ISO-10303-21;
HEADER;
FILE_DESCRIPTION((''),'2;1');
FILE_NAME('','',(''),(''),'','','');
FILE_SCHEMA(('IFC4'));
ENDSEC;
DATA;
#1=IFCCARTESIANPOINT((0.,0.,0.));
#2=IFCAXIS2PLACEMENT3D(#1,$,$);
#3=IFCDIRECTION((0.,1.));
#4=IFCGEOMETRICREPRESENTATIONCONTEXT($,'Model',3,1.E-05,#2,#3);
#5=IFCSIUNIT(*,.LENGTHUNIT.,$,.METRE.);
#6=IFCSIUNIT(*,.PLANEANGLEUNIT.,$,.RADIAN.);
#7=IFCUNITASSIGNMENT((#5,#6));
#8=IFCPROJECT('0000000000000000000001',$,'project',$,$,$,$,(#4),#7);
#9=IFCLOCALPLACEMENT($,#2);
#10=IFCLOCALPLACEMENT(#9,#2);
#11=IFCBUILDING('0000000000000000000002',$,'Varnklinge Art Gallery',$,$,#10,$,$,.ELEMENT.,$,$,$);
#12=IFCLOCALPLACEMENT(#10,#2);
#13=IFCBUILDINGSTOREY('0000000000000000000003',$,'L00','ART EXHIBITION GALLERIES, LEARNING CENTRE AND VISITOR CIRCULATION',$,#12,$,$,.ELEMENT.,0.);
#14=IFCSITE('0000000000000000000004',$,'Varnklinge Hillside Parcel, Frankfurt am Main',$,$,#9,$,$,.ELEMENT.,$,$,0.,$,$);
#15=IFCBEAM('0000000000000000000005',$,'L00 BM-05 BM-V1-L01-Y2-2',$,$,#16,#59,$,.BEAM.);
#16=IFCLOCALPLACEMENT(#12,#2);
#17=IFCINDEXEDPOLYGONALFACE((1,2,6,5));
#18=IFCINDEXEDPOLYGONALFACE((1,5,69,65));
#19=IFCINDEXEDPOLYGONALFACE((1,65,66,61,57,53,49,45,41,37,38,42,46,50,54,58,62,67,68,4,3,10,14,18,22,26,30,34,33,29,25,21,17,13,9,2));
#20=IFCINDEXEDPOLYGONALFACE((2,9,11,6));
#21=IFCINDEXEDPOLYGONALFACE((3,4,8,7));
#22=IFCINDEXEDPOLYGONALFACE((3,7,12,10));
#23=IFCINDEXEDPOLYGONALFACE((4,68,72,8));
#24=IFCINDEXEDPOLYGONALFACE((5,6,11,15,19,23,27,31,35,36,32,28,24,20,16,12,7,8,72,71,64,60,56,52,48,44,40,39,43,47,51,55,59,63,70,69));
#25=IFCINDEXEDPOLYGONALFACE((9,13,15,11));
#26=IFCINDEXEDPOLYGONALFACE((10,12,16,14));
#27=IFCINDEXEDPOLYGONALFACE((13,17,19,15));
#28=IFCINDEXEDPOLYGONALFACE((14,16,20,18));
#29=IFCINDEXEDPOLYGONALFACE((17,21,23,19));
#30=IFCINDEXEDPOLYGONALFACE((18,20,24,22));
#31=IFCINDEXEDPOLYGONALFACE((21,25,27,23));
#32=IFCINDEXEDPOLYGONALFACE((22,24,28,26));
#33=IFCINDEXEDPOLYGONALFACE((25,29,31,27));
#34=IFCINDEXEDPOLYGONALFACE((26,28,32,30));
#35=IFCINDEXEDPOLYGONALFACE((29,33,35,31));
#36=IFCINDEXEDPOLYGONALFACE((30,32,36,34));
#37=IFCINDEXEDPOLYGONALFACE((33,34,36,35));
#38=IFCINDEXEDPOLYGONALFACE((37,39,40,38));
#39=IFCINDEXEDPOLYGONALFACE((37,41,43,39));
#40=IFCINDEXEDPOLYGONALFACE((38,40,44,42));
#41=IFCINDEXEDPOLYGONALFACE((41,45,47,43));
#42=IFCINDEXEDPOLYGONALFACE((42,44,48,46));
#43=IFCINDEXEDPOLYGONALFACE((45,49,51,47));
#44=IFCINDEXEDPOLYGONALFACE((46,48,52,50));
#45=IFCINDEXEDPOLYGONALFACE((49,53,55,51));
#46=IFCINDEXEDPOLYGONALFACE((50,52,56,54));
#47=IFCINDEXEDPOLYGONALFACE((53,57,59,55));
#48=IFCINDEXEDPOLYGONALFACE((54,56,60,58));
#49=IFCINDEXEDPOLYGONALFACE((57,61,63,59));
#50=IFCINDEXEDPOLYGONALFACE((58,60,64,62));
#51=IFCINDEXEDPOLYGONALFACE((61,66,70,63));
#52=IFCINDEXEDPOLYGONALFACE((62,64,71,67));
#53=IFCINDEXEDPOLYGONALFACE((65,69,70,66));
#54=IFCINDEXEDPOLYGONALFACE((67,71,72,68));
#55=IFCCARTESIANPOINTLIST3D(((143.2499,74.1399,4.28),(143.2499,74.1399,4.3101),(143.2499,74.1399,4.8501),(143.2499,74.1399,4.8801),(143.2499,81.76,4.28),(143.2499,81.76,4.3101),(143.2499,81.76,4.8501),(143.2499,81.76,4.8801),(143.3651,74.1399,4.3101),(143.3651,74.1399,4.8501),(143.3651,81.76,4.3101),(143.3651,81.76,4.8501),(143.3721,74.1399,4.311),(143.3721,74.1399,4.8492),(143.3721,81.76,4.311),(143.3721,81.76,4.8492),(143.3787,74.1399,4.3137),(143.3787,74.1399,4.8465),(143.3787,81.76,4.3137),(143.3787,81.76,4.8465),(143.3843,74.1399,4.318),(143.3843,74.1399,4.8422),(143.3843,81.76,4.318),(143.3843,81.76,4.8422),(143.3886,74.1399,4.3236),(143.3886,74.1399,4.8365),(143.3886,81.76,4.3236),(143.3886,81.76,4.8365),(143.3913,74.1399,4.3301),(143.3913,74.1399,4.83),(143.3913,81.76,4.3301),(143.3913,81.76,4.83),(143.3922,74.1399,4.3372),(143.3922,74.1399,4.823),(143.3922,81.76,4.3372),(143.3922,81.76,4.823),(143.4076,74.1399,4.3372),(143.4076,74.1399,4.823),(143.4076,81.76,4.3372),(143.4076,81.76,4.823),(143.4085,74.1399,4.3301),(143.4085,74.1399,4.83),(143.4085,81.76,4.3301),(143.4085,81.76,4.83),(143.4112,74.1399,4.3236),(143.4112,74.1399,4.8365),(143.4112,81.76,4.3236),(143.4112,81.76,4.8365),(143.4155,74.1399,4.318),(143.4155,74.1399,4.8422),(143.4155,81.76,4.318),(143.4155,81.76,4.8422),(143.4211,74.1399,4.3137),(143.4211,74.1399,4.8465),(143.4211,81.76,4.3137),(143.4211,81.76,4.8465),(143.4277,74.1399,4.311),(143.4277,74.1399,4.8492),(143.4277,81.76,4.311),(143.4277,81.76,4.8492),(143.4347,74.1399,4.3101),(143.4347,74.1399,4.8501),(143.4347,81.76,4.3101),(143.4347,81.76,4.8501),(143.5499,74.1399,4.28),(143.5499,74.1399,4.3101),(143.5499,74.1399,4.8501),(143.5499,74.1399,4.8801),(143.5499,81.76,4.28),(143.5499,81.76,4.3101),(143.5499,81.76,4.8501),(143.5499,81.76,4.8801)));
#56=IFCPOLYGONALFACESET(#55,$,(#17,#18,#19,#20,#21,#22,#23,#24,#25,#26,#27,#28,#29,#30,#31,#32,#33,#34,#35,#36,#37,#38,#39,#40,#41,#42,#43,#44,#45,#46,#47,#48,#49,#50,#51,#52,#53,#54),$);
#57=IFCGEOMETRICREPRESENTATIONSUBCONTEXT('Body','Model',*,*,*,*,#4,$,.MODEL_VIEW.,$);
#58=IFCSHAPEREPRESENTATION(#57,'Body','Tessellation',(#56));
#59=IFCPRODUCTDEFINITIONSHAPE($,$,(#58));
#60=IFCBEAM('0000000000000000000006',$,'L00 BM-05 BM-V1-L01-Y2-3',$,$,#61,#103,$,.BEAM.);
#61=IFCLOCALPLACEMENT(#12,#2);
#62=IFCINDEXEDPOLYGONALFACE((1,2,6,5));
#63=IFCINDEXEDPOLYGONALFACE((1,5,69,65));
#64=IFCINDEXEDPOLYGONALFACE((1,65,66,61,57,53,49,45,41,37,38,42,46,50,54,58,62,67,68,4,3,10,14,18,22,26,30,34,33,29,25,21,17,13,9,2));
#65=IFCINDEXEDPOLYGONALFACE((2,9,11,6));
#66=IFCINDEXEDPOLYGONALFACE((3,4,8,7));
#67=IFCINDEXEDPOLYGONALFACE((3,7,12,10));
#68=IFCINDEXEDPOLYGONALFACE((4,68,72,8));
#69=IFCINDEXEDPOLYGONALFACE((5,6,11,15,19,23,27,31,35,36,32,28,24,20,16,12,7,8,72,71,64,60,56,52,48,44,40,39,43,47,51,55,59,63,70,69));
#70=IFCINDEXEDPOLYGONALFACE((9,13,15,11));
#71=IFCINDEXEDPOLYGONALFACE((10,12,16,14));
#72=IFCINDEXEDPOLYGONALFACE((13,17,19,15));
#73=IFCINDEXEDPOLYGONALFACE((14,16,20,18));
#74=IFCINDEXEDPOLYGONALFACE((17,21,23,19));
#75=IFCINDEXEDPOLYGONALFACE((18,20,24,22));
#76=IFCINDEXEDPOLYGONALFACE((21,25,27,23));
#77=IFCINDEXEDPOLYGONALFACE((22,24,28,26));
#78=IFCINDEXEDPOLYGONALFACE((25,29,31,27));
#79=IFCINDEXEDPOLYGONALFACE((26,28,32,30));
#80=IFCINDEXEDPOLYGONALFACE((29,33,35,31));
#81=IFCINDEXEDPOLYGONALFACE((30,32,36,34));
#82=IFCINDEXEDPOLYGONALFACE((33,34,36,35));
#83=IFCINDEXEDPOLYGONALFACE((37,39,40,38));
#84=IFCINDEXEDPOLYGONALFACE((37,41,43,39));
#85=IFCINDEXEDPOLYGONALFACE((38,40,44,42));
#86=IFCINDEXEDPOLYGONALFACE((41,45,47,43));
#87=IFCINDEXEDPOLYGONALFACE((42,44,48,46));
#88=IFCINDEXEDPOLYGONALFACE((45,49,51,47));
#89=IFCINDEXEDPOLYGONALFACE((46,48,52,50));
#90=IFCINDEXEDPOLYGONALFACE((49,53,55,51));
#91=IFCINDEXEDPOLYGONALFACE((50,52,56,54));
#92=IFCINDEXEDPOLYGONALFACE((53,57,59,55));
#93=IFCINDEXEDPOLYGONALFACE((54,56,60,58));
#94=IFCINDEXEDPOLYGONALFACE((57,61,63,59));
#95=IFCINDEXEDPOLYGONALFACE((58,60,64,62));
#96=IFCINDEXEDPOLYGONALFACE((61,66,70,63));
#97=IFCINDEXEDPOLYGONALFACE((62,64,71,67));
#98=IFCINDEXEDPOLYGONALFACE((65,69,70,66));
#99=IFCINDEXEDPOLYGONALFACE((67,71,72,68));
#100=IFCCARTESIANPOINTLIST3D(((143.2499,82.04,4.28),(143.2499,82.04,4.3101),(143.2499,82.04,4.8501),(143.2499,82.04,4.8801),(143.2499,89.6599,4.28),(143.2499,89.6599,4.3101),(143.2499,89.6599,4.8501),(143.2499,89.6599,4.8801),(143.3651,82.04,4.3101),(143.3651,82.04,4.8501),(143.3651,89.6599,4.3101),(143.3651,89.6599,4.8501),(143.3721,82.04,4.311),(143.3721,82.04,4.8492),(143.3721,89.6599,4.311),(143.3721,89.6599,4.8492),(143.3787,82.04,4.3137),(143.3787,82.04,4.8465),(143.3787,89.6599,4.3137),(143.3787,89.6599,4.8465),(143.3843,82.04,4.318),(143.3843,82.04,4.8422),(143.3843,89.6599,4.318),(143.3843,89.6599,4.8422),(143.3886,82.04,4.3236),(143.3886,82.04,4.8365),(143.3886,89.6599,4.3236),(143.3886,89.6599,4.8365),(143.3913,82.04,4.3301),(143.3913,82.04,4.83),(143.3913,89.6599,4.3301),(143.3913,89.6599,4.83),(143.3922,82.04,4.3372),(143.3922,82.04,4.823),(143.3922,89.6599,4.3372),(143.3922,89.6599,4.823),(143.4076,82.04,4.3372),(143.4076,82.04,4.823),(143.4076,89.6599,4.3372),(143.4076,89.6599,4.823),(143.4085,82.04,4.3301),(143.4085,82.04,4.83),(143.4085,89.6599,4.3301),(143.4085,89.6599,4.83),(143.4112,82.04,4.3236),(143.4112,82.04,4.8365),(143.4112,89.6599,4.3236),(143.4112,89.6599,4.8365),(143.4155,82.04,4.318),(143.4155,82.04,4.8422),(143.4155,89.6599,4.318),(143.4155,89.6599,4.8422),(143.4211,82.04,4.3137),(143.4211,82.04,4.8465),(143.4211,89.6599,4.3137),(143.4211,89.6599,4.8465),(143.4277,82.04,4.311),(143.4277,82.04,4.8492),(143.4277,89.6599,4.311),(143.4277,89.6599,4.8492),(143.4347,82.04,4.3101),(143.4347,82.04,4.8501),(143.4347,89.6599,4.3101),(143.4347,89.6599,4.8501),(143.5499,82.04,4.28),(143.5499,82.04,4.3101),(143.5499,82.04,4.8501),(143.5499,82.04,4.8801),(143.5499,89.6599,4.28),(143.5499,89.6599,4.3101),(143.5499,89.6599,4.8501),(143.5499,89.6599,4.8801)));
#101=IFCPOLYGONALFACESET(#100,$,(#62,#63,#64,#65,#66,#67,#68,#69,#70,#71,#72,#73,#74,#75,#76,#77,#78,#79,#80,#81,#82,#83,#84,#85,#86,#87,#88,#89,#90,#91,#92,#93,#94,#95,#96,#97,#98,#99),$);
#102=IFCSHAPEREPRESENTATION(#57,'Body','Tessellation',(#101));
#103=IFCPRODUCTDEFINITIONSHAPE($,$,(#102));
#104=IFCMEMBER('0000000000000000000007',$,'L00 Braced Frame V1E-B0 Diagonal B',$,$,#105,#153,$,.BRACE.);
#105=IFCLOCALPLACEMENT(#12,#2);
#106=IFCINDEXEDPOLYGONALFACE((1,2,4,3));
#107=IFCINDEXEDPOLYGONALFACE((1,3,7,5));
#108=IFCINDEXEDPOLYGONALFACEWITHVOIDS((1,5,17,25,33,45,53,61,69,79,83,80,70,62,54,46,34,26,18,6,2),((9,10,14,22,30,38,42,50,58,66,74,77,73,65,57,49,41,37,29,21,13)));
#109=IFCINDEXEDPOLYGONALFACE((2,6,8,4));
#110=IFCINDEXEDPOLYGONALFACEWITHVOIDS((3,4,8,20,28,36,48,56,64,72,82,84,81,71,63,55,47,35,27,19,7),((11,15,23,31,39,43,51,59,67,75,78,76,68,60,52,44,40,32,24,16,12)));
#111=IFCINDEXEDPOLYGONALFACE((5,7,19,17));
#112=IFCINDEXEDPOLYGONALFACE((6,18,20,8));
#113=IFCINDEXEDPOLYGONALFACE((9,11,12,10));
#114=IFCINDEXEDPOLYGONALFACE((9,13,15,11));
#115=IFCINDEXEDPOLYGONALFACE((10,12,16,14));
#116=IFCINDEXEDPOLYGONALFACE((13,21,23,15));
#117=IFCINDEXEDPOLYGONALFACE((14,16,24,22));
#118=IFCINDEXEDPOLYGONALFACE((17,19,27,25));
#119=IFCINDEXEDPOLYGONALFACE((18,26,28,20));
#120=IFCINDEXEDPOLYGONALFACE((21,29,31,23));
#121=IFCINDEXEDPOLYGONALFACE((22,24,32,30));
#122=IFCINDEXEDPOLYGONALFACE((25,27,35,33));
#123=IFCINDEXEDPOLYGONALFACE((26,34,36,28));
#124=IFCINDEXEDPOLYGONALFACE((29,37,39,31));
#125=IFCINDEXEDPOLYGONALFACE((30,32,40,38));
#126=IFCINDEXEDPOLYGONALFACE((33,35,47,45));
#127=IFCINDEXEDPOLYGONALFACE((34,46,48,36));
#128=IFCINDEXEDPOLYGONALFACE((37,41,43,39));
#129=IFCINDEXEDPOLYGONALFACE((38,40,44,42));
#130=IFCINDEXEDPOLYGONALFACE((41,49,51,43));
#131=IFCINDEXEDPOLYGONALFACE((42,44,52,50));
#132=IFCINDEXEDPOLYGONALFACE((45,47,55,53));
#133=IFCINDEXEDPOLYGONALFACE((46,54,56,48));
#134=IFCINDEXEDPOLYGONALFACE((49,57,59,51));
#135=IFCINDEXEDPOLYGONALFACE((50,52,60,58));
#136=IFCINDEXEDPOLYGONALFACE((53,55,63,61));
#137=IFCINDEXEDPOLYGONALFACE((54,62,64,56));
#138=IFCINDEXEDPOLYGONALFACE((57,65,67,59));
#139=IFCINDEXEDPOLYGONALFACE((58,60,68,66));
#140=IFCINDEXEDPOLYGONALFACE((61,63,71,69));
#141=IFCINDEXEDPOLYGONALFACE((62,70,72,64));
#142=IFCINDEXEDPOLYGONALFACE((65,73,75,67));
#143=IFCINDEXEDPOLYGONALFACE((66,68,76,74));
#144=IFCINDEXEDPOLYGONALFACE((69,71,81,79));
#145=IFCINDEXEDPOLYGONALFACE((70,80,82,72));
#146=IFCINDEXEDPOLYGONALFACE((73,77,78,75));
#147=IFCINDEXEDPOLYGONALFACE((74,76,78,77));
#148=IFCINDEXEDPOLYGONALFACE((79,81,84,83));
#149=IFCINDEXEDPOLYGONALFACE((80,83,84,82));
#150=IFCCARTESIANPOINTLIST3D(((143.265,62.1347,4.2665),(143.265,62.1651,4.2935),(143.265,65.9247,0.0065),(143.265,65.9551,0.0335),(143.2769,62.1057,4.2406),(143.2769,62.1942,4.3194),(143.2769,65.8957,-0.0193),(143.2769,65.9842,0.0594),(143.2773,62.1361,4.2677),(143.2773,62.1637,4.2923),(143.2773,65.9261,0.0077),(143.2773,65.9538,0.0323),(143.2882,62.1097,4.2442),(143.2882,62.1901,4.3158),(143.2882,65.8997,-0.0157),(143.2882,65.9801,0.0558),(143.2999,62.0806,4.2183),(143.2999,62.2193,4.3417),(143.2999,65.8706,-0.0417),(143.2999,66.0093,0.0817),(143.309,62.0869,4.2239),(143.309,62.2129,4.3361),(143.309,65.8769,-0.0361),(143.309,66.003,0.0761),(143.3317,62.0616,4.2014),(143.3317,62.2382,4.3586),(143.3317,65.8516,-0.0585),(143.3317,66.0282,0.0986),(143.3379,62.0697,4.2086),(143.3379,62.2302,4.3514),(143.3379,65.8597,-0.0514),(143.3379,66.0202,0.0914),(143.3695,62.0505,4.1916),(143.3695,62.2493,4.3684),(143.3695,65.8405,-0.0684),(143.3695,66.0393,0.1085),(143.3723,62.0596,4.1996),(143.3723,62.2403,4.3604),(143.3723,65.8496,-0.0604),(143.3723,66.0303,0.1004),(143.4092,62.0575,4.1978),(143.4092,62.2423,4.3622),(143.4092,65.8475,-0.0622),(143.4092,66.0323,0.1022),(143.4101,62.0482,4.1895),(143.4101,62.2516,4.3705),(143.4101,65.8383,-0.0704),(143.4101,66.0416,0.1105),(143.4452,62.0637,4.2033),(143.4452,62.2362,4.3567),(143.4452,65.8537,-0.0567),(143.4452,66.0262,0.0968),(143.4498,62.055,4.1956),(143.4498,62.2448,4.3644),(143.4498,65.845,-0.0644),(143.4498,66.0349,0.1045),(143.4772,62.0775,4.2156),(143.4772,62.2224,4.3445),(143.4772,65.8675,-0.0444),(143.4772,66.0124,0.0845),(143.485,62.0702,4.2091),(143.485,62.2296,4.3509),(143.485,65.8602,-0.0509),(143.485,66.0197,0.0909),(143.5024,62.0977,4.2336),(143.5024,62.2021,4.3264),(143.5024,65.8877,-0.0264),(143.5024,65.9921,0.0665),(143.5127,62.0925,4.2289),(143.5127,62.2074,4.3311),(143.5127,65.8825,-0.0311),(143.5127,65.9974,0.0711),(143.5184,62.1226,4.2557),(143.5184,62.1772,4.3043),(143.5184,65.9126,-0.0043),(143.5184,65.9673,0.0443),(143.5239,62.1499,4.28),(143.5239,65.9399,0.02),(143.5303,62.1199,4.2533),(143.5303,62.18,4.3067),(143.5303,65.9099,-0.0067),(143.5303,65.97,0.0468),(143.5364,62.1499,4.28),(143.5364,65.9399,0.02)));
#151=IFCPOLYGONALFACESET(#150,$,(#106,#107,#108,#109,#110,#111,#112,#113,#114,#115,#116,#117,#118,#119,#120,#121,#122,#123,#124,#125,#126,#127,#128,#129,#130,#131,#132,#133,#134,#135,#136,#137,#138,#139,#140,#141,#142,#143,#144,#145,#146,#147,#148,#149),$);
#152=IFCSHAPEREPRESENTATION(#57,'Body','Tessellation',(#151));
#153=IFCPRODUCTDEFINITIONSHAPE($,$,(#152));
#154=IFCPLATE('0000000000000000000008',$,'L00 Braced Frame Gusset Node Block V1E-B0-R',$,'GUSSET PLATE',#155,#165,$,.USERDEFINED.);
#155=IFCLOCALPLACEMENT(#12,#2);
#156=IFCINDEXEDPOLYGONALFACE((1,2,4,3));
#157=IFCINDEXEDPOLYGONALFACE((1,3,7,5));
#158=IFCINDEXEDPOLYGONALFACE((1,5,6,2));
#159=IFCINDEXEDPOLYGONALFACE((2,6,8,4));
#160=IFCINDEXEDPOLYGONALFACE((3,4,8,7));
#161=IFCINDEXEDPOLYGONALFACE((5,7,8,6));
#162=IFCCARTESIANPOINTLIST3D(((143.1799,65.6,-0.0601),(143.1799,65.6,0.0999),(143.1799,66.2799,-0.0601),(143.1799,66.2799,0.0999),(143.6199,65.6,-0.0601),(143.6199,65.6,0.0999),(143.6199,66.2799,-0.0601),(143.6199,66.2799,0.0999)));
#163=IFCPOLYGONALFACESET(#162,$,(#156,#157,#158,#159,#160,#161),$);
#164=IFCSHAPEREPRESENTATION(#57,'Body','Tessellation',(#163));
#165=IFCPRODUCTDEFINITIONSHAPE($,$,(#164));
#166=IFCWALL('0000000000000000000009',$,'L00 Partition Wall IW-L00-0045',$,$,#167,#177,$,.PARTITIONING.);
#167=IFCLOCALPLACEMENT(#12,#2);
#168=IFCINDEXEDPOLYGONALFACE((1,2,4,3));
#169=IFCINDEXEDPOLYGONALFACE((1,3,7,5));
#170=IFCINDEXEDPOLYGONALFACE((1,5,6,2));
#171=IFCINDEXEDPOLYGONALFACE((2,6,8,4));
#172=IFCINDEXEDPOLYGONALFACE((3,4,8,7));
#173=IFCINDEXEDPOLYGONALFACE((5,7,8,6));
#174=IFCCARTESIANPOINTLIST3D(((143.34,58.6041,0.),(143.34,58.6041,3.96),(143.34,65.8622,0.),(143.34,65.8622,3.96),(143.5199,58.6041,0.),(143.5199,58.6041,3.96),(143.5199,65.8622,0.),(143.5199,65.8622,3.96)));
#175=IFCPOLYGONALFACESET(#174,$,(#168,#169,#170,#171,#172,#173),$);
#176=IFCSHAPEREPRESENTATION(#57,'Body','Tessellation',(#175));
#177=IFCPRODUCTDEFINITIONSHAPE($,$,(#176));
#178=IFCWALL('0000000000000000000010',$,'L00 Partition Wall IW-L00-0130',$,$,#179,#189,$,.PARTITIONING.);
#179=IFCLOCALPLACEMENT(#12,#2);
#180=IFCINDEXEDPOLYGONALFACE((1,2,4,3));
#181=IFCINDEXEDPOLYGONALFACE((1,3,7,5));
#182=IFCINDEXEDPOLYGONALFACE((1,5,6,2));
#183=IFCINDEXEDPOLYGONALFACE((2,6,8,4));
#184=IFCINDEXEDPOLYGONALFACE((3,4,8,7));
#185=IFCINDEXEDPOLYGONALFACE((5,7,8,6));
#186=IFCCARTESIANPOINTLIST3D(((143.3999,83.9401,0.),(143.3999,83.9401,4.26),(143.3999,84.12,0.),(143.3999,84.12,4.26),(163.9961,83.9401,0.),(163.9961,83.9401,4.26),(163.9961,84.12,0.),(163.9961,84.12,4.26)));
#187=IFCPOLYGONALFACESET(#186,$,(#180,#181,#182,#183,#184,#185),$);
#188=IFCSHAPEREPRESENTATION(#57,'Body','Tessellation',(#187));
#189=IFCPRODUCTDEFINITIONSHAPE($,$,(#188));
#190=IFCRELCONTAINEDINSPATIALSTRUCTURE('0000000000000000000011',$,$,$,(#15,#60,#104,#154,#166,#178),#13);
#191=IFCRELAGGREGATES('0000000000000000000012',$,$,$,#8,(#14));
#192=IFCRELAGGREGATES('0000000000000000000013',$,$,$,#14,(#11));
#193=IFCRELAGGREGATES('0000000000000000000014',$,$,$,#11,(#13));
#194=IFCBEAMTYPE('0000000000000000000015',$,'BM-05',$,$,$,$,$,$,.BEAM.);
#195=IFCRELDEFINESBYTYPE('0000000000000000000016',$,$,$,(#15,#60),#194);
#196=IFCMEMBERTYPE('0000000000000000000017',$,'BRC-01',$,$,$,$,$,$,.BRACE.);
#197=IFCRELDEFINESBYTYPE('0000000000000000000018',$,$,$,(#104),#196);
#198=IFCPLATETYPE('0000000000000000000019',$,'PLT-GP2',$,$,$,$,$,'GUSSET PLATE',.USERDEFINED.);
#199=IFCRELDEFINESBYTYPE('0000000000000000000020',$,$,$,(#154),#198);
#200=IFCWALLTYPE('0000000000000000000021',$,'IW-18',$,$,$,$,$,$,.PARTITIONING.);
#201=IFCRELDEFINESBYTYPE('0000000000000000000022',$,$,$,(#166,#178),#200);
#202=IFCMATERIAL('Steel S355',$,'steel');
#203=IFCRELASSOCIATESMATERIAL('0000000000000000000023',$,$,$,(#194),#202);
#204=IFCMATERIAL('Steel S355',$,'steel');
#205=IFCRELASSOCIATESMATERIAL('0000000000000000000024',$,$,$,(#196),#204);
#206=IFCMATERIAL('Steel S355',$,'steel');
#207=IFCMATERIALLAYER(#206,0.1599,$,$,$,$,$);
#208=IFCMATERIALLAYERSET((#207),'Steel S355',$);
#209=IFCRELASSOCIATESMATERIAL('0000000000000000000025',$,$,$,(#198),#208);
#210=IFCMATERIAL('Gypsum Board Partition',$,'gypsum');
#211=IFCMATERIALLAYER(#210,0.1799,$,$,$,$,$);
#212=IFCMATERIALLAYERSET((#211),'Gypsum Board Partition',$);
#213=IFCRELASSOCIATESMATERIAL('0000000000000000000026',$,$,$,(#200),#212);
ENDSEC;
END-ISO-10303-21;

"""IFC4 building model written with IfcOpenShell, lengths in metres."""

from ifc_helpers import new_model, si_unit, direction, frame, frame_2d, origin, origin_2d, place, context, subcontext, project, spatial, rectangle, hollow_circle, i_section, extrude, material, layer, layer_set, material_profile, profile_set, type_object, element, save


model = new_model("IFC4")

# Units and contexts
model_context = context("Model", 3, precision=1e-05, world=origin(), true_north=direction((0.0, 1.0)))
body_context = subcontext(model_context, "Body", "Model", "MODEL_VIEW")
ifc_project = project(units=[si_unit("LENGTHUNIT", "METRE"), si_unit("PLANEANGLEUNIT", "RADIAN")], contexts=[model_context])

# Site, building, storey
site_placement = place(None, origin())
site = spatial("IfcSite", under=ifc_project, at=site_placement, Name="Varnklinge Hillside Parcel, Frankfurt am Main", CompositionType="ELEMENT", RefElevation=0.0)
building_placement = place(site_placement, origin())
building = spatial("IfcBuilding", under=site, at=building_placement, Name="Varnklinge Art Gallery", CompositionType="ELEMENT")
storey_placement = place(building_placement, origin())
storey = spatial("IfcBuildingStorey", under=building, at=storey_placement, Name="L00", Description="ART EXHIBITION GALLERIES, LEARNING CENTRE AND VISITOR CIRCULATION", CompositionType="ELEMENT", Elevation=0.0)

# Beams
ifc_material_1 = material(Name="Steel S355", Category="steel")
ifc_material_profile_1 = material_profile(ifc_material_1, i_section(OverallWidth=0.3, OverallDepth=0.6001, WebThickness=0.0154, FlangeThickness=0.03, FilletRadius=0.0271, at=origin_2d()), Name="HEB 600")
ifc_profile_set_1 = profile_set([ifc_material_profile_1], Name="Steel S355")
beam_type = type_object("IfcBeamType", Name="BM-05", PredefinedType="BEAM", material=ifc_profile_set_1)
for number, where, z_axis, x_axis, name in (
    (1, (143.3999, 74.1399, 4.5801), (0.0, 1.0, 0.0), (-1.0, 0.0, 0.0), "L00 BM-05 BM-V1-L01-Y2-2"),
):
    element("IfcBeam", number, at=place(storey_placement, frame(where, z_axis=z_axis, x_axis=x_axis)), inside=storey, type_object=beam_type, Name=name, PredefinedType="BEAM", context=body_context, shape_type="SweptSolid", body=[
        extrude(i_section(OverallWidth=0.3, OverallDepth=0.6001, WebThickness=0.0154, FlangeThickness=0.03, FilletRadius=0.0271, at=origin_2d()), origin(), (0.0, 0.0, 1.0), 7.6201),
    ])
beam_placement = place(storey_placement, frame((143.3999, 82.04, 4.5801), z_axis=(0.0, 1.0, 0.0), x_axis=(-1.0, 0.0, 0.0)))
element("IfcBeam", 2, at=beam_placement, inside=storey, type_object=beam_type, Name="L00 BM-05 BM-V1-L01-Y2-3", PredefinedType="BEAM", context=body_context, shape_type="SweptSolid", body=[
    extrude(i_section(OverallWidth=0.3, OverallDepth=0.6001, WebThickness=0.0154, FlangeThickness=0.03, FilletRadius=0.0271, at=origin_2d()), origin(), (0.0, 0.0, 1.0), 7.6199),
])

# Member
ifc_material_2 = material(Name="Steel S355", Category="steel")
ifc_material_profile_2 = material_profile(ifc_material_2, hollow_circle(Radius=0.1365, WallThickness=0.0125, at=origin_2d()), Name="CHS 273x12.5")
ifc_profile_set_2 = profile_set([ifc_material_profile_2], Name="Steel S355")
member_type = type_object("IfcMemberType", Name="BRC-01", PredefinedType="BRACE", material=ifc_profile_set_2)
member_placement = place(storey_placement, frame((143.3999, 65.9399, 0.02), z_axis=(0.0, -0.664693, 0.747116), x_axis=(1.0, 0.0, 0.0)))
element("IfcMember", 3, at=member_placement, inside=storey, type_object=member_type, Name="L00 Braced Frame V1E-B0 Diagonal B", PredefinedType="BRACE", context=body_context, shape_type="SweptSolid", body=[
    extrude(hollow_circle(Radius=0.1365, WallThickness=0.0125, at=origin_2d()), origin(), (0.0, 0.0, 1.0), 5.7019),
])

# Plate
ifc_material_3 = material(Name="Steel S355", Category="steel")
ifc_layer_1 = layer(ifc_material_3, 0.1599)
ifc_layer_set_1 = layer_set([ifc_layer_1], Name="Steel S355")
plate_type = type_object("IfcPlateType", Name="PLT-GP2", ElementType="GUSSET PLATE", PredefinedType="USERDEFINED", material=ifc_layer_set_1)
plate_placement = place(storey_placement, frame((143.3999, 65.9399, -0.0601), z_axis=(0.0, 0.0, 1.0), x_axis=(0.0, 1.0, 0.0)))
element("IfcPlate", 4, at=plate_placement, inside=storey, type_object=plate_type, Name="L00 Braced Frame Gusset Node Block V1E-B0-R", ObjectType="GUSSET PLATE", PredefinedType="USERDEFINED", context=body_context, shape_type="SweptSolid", body=[
    extrude(rectangle(XDim=0.6799, YDim=0.4399, at=origin_2d()), origin(), (0.0, 0.0, 1.0), 0.1599),
])

# Walls
ifc_material_4 = material(Name="Gypsum Board Partition", Category="gypsum")
ifc_layer_2 = layer(ifc_material_4, 0.1799)
ifc_layer_set_2 = layer_set([ifc_layer_2], Name="Gypsum Board Partition")
wall_type_1 = type_object("IfcWallType", Name="IW-18", PredefinedType="PARTITIONING", material=ifc_layer_set_2)
wall_1_placement = place(storey_placement, frame((143.4299, 65.8621, 0.0), z_axis=(0.0, 0.0, 1.0), x_axis=(0.0, -1.0, 0.0)))
element("IfcWall", 5, at=wall_1_placement, inside=storey, type_object=wall_type_1, Name="L00 Partition Wall IW-L00-0045", PredefinedType="PARTITIONING", context=body_context, shape_type="SweptSolid", body=[
    extrude(rectangle(XDim=7.2581, YDim=0.1799, at=frame_2d((3.6289, 0.0))), origin(), (0.0, 0.0, 1.0), 3.96),
])
wall_2_placement = place(storey_placement, frame((143.3999, 84.03, 0.0), z_axis=(0.0, 0.0, 1.0), x_axis=(1.0, 0.0, 0.0)))
element("IfcWall", 6, at=wall_2_placement, inside=storey, type_object=wall_type_1, Name="L00 Partition Wall IW-L00-0130", PredefinedType="PARTITIONING", context=body_context, shape_type="SweptSolid", body=[
    extrude(rectangle(XDim=20.5962, YDim=0.1799, at=frame_2d((10.2981, 0.0))), origin(), (0.0, 0.0, 1.0), 4.26),
])

save(model, "model.ifc")
